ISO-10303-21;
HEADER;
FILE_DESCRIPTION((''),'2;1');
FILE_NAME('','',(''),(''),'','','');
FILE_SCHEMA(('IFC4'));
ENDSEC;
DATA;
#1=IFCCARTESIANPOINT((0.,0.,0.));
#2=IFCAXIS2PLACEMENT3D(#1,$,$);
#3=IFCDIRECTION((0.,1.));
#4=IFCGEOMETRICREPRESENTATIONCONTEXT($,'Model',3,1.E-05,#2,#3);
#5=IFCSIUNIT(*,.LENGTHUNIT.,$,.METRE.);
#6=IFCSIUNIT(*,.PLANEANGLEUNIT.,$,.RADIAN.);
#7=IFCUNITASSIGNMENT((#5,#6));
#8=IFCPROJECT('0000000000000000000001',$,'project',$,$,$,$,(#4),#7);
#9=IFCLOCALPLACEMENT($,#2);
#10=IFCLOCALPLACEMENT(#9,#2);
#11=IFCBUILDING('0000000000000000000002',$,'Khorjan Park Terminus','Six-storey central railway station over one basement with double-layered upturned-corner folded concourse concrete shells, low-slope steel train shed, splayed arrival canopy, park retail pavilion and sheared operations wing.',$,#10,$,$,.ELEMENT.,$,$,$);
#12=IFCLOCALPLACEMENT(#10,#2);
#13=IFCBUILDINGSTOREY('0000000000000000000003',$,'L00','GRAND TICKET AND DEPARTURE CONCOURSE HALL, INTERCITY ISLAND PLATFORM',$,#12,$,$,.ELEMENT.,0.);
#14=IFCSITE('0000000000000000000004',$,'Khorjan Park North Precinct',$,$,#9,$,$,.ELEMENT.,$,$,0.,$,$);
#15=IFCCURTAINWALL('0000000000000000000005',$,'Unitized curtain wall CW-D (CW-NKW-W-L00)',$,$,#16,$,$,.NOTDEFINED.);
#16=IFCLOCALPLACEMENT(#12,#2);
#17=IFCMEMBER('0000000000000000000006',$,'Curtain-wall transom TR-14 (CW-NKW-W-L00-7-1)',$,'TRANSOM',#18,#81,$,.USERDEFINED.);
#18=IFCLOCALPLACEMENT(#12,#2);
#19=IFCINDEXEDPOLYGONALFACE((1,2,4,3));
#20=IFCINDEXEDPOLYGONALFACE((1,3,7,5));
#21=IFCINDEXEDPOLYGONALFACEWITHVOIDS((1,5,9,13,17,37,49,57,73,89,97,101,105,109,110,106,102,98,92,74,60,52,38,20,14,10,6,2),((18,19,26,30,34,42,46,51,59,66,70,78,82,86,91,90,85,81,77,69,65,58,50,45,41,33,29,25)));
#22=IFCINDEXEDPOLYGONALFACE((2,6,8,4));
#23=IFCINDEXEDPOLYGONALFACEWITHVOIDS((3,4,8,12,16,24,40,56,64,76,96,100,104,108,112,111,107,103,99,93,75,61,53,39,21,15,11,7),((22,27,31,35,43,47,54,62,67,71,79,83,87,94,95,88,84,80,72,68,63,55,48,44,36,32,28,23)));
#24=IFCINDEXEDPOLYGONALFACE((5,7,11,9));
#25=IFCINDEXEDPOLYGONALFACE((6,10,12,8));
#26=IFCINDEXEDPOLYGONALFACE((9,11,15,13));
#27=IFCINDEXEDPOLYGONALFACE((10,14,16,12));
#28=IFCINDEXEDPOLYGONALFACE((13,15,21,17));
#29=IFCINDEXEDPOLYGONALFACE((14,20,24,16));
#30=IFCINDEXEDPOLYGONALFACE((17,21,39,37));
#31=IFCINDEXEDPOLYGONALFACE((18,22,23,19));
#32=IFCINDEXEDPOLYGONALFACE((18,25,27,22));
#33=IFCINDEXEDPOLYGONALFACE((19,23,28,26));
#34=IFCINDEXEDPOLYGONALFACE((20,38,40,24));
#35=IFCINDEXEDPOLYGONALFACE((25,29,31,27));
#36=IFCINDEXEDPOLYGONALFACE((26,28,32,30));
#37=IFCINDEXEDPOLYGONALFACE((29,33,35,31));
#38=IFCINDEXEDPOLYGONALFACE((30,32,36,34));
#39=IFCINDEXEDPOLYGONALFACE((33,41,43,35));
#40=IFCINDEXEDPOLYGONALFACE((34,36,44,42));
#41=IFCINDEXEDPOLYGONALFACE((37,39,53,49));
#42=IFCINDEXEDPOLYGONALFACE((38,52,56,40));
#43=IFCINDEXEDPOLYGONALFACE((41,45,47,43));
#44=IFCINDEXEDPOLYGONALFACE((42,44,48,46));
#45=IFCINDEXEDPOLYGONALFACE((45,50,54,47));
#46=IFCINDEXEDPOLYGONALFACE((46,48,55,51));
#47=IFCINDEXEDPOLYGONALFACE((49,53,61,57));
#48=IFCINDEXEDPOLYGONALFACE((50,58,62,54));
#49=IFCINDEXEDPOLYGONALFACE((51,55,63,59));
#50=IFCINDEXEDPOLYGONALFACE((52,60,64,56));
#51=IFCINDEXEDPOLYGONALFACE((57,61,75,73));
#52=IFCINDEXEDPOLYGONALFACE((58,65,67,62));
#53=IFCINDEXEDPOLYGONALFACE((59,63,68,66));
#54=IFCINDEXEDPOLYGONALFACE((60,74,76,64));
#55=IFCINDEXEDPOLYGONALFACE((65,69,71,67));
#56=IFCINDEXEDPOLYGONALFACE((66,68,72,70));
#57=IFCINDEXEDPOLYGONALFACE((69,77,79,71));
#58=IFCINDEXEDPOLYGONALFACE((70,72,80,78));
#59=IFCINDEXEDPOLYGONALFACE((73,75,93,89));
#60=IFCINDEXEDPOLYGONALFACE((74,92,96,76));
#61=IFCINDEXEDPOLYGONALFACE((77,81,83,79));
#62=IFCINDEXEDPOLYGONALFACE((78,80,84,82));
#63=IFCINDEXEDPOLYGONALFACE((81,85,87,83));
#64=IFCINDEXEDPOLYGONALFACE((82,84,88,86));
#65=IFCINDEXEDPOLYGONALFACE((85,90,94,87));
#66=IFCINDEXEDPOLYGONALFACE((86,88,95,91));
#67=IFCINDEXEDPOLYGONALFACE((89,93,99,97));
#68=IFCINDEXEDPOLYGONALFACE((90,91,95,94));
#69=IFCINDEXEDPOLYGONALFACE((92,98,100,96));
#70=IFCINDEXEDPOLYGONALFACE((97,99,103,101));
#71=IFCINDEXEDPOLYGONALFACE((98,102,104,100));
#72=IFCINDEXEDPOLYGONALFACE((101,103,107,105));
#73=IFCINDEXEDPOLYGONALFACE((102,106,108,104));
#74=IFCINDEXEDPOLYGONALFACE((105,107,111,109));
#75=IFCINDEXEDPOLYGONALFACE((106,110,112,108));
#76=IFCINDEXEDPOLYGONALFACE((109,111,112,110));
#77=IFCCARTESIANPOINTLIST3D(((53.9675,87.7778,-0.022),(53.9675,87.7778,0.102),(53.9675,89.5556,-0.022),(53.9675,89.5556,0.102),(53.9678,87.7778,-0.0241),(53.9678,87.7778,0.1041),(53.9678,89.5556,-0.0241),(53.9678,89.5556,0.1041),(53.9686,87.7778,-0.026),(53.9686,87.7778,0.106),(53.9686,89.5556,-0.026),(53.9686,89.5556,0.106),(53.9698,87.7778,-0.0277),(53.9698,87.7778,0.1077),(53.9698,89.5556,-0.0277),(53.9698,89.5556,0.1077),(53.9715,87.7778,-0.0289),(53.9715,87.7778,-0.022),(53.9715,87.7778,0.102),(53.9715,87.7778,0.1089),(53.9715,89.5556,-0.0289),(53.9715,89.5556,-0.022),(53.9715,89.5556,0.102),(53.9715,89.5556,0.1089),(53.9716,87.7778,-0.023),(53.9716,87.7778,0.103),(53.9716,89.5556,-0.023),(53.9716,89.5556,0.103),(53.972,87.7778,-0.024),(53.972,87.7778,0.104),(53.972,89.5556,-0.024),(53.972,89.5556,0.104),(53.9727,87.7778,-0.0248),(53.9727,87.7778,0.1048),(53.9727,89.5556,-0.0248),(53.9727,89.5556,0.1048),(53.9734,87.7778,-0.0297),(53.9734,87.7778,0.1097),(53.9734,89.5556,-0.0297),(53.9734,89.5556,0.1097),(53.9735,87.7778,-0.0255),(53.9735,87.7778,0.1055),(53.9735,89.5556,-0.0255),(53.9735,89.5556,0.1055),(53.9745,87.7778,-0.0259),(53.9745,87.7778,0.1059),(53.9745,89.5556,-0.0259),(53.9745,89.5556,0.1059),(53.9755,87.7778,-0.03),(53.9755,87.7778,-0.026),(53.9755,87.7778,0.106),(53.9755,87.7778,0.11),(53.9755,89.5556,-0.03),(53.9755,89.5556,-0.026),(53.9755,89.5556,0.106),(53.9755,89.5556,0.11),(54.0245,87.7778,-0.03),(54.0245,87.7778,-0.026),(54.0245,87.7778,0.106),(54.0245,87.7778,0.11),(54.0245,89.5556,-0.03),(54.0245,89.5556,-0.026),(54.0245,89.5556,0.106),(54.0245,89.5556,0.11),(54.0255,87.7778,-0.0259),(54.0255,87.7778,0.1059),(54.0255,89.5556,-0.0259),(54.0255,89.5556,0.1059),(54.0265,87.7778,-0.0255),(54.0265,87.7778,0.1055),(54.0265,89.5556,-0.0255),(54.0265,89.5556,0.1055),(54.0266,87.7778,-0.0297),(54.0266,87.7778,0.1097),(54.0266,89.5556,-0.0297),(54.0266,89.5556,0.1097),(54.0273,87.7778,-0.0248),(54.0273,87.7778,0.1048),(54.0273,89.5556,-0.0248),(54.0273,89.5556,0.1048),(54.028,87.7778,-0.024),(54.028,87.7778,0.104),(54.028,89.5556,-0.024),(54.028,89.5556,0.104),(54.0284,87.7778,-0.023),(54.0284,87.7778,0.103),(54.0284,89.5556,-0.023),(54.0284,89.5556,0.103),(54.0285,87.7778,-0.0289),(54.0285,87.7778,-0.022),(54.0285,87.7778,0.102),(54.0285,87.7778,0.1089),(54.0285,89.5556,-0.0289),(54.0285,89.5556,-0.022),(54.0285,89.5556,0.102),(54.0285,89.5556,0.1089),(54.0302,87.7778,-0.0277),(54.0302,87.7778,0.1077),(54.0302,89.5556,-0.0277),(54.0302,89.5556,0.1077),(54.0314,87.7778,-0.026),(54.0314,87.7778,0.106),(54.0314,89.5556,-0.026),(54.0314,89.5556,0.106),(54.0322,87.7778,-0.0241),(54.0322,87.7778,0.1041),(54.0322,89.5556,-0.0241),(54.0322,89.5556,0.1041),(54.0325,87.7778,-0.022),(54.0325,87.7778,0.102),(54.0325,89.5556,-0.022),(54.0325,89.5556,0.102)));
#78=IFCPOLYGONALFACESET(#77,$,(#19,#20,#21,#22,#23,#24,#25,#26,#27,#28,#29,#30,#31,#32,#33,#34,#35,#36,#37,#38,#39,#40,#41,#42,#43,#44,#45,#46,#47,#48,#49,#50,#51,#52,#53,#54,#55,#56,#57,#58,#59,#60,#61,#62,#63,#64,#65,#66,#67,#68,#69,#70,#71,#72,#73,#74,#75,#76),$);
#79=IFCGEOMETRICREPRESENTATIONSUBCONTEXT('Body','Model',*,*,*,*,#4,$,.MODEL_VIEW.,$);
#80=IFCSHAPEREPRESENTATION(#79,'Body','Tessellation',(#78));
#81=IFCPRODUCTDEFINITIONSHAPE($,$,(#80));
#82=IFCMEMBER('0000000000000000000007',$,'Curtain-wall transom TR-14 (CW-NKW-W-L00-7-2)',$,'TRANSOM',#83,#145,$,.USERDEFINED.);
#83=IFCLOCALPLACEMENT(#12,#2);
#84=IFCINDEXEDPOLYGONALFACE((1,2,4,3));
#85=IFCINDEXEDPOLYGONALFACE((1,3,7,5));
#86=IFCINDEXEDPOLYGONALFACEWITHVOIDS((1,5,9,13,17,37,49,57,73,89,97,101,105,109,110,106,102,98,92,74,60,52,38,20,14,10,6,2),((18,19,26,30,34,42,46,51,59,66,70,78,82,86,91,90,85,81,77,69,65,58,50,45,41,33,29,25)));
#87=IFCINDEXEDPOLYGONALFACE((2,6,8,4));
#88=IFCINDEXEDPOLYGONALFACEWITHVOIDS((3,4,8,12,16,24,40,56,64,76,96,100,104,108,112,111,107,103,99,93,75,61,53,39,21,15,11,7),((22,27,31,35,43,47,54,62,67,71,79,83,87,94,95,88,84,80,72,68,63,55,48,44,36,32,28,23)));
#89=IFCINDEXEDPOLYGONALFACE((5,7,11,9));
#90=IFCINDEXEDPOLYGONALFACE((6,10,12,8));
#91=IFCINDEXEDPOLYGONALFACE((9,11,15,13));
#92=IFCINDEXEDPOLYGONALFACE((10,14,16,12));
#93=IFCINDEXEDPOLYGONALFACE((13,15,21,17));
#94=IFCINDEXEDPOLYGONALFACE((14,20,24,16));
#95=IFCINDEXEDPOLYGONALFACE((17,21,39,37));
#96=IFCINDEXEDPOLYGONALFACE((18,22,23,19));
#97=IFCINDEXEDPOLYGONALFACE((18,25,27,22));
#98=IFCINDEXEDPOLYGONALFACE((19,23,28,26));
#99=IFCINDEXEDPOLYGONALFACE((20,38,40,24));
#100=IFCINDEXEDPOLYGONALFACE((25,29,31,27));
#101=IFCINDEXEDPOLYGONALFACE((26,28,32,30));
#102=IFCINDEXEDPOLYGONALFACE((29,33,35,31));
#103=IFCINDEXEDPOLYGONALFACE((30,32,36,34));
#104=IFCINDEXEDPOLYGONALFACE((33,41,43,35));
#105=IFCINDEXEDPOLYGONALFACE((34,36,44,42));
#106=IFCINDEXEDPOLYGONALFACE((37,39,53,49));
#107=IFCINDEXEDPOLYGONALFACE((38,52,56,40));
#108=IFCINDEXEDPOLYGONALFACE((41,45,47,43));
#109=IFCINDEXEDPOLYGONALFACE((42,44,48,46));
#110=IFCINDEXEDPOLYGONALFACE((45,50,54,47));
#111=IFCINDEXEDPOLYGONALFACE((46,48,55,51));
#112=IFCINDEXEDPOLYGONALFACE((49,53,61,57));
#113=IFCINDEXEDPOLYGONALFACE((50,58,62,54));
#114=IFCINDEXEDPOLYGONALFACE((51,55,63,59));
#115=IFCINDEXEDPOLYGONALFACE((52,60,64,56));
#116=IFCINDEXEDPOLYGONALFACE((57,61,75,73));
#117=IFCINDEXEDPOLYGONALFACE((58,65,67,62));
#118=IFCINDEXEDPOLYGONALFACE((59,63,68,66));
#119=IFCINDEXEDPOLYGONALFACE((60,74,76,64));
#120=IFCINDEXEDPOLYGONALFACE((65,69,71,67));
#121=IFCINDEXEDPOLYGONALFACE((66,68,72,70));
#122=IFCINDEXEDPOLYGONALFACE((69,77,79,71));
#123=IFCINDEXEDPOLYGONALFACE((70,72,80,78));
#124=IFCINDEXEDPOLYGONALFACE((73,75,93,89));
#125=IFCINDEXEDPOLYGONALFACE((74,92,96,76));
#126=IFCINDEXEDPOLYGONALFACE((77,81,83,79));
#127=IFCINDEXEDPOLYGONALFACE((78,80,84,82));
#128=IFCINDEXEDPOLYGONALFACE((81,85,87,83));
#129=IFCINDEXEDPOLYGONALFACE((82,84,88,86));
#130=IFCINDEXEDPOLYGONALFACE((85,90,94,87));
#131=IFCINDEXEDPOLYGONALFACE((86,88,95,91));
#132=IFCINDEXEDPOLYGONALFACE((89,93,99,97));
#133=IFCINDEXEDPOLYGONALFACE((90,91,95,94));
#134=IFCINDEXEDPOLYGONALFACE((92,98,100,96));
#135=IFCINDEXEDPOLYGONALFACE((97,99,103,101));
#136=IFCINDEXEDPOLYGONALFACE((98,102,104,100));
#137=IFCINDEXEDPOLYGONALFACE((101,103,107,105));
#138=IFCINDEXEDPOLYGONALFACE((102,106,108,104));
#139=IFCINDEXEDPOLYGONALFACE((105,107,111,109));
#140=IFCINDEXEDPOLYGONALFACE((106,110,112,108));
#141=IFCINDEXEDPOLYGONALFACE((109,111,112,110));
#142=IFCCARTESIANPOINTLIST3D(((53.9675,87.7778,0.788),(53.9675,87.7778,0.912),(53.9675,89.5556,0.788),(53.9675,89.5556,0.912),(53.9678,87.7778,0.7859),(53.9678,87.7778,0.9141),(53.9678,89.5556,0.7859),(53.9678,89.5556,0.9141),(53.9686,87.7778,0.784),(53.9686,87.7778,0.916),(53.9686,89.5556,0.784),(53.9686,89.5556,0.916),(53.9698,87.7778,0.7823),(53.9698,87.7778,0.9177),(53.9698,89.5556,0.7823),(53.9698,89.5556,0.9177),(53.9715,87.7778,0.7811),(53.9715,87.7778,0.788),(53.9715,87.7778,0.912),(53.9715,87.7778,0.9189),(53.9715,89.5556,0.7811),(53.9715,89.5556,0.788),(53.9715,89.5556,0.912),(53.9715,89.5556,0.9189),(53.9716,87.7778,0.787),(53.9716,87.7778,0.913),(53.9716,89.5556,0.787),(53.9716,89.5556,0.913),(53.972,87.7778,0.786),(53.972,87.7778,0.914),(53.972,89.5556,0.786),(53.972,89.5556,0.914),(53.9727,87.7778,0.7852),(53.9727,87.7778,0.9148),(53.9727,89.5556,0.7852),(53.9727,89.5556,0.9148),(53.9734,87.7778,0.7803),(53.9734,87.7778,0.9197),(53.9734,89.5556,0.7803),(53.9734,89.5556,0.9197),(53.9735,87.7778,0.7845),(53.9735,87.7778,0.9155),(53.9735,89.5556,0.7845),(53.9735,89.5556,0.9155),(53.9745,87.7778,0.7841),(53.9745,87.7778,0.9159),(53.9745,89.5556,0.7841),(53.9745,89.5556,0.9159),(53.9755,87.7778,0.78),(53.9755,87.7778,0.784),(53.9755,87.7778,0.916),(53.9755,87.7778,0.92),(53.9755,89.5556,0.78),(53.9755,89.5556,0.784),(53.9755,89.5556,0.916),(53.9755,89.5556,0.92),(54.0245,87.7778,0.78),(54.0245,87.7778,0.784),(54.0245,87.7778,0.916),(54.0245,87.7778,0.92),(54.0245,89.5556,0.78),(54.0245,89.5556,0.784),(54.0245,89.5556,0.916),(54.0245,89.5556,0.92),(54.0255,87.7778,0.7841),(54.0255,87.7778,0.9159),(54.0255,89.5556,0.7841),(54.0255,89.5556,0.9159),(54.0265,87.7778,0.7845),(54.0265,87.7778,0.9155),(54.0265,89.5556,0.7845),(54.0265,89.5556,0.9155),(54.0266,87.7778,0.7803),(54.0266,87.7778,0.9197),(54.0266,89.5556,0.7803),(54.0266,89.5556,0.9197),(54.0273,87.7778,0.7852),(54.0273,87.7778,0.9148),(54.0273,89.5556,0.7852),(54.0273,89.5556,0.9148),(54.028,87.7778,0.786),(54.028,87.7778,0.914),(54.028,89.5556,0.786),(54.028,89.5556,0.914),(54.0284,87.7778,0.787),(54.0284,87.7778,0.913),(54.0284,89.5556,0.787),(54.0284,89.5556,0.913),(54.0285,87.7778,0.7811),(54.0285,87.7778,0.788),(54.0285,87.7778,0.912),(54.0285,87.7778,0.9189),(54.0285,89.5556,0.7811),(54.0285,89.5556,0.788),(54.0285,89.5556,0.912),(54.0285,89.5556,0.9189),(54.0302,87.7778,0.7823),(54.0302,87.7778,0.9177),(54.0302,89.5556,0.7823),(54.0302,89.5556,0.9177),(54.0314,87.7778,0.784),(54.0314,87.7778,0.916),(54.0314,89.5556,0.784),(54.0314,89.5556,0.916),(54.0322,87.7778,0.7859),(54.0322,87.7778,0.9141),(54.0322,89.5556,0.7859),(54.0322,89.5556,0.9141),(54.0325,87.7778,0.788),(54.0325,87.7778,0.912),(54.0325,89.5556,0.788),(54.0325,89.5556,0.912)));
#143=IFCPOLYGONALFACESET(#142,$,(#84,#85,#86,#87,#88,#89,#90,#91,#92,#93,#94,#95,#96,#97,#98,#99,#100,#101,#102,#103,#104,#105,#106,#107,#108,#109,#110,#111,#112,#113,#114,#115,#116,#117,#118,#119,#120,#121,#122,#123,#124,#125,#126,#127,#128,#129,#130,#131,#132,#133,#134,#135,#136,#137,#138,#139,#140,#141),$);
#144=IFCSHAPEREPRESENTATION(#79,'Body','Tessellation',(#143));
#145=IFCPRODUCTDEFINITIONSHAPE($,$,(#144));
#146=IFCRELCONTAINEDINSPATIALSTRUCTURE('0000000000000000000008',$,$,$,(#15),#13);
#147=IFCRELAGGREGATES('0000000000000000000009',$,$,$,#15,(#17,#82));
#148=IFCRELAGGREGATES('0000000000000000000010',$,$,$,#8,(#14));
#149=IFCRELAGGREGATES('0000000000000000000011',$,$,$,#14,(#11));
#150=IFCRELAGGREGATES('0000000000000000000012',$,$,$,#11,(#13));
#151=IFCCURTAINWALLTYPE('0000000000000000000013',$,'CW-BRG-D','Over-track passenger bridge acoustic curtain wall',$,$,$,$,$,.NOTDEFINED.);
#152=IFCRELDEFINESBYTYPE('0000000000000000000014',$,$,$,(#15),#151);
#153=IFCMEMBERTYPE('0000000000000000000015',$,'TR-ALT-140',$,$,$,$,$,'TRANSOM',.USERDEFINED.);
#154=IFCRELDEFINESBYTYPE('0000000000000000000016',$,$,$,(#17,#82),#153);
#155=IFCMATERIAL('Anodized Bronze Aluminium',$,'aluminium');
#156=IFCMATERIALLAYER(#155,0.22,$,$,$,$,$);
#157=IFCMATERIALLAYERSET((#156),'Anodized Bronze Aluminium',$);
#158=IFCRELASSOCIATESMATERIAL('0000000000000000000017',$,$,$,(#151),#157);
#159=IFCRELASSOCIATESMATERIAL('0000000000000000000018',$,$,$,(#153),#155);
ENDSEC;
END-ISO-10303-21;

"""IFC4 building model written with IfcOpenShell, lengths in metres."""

from ifc_helpers import new_model, si_unit, direction, frame, origin, origin_2d, place, context, subcontext, project, spatial, hollow_rectangle, extrude, material, layer, layer_set, material_profile, profile_set, type_object, element, aggregate, save


model = new_model("IFC4")

# Units and contexts
model_context = context("Model", 3, precision=1e-05, world=origin(), true_north=direction((0.0, 1.0)))
body_context = subcontext(model_context, "Body", "Model", "MODEL_VIEW")
ifc_project = project(units=[si_unit("LENGTHUNIT", "METRE"), si_unit("PLANEANGLEUNIT", "RADIAN")], contexts=[model_context])

# Site, building, storey
site_placement = place(None, origin())
site = spatial("IfcSite", under=ifc_project, at=site_placement, Name="Khorjan Park North Precinct", CompositionType="ELEMENT", RefElevation=0.0)
building_placement = place(site_placement, origin())
building = spatial("IfcBuilding", under=site, at=building_placement, Name="Khorjan Park Terminus", Description="Six-storey central railway station over one basement with double-layered upturned-corner folded concourse concrete shells, low-slope steel train shed, splayed arrival canopy, park retail pavilion and sheared operations wing.", CompositionType="ELEMENT")
storey_placement = place(building_placement, origin())
storey = spatial("IfcBuildingStorey", under=building, at=storey_placement, Name="L00", Description="GRAND TICKET AND DEPARTURE CONCOURSE HALL, INTERCITY ISLAND PLATFORM", CompositionType="ELEMENT", Elevation=0.0)

# Curtain wall, members
ifc_material_1 = material(Name="Anodized Bronze Aluminium", Category="aluminium")
ifc_layer_1 = layer(ifc_material_1, 0.22)
ifc_layer_set_1 = layer_set([ifc_layer_1], Name="Anodized Bronze Aluminium")
curtain_wall_type = type_object("IfcCurtainWallType", Name="CW-BRG-D", Description="Over-track passenger bridge acoustic curtain wall", PredefinedType="NOTDEFINED", material=ifc_layer_set_1)
curtain_wall_placement = place(storey_placement, origin())
curtain_wall = element("IfcCurtainWall", 1, at=curtain_wall_placement, inside=storey, type_object=curtain_wall_type, Name="Unitized curtain wall CW-D (CW-NKW-W-L00)", PredefinedType="NOTDEFINED")
ifc_material_profile_1 = material_profile(ifc_material_1, hollow_rectangle(XDim=0.065, YDim=0.14, WallThickness=0.004, InnerFilletRadius=0.004, OuterFilletRadius=0.008, at=origin_2d()), Name="ALT 65x140x4")
ifc_profile_set_1 = profile_set([ifc_material_profile_1], Name="Anodized Bronze Aluminium")
member_type_1 = type_object("IfcMemberType", Name="TR-ALT-140", ElementType="TRANSOM", PredefinedType="USERDEFINED", material=ifc_profile_set_1)
member_1_placement = place(storey_placement, frame((54.0, 89.5556, 0.04), z_axis=(0.0, -1.0, 0.0), x_axis=(1.0, 0.0, 0.0)))
member_1 = element("IfcMember", 2, at=member_1_placement, type_object=member_type_1, Name="Curtain-wall transom TR-14 (CW-NKW-W-L00-7-1)", ObjectType="TRANSOM", PredefinedType="USERDEFINED", context=body_context, shape_type="SweptSolid", body=[
    extrude(hollow_rectangle(XDim=0.065, YDim=0.14, WallThickness=0.004, InnerFilletRadius=0.004, OuterFilletRadius=0.008, at=origin_2d()), origin(), (0.0, 0.0, 1.0), 1.7778),
])
member_2_placement = place(storey_placement, frame((54.0, 89.5556, 0.85), z_axis=(0.0, -1.0, 0.0), x_axis=(1.0, 0.0, 0.0)))
member_2 = element("IfcMember", 3, at=member_2_placement, type_object=member_type_1, Name="Curtain-wall transom TR-14 (CW-NKW-W-L00-7-2)", ObjectType="TRANSOM", PredefinedType="USERDEFINED", context=body_context, shape_type="SweptSolid", body=[
    extrude(hollow_rectangle(XDim=0.065, YDim=0.14, WallThickness=0.004, InnerFilletRadius=0.004, OuterFilletRadius=0.008, at=origin_2d()), origin(), (0.0, 0.0, 1.0), 1.7778),
])
aggregate(curtain_wall, [member_1, member_2])

save(model, "model.ifc")
